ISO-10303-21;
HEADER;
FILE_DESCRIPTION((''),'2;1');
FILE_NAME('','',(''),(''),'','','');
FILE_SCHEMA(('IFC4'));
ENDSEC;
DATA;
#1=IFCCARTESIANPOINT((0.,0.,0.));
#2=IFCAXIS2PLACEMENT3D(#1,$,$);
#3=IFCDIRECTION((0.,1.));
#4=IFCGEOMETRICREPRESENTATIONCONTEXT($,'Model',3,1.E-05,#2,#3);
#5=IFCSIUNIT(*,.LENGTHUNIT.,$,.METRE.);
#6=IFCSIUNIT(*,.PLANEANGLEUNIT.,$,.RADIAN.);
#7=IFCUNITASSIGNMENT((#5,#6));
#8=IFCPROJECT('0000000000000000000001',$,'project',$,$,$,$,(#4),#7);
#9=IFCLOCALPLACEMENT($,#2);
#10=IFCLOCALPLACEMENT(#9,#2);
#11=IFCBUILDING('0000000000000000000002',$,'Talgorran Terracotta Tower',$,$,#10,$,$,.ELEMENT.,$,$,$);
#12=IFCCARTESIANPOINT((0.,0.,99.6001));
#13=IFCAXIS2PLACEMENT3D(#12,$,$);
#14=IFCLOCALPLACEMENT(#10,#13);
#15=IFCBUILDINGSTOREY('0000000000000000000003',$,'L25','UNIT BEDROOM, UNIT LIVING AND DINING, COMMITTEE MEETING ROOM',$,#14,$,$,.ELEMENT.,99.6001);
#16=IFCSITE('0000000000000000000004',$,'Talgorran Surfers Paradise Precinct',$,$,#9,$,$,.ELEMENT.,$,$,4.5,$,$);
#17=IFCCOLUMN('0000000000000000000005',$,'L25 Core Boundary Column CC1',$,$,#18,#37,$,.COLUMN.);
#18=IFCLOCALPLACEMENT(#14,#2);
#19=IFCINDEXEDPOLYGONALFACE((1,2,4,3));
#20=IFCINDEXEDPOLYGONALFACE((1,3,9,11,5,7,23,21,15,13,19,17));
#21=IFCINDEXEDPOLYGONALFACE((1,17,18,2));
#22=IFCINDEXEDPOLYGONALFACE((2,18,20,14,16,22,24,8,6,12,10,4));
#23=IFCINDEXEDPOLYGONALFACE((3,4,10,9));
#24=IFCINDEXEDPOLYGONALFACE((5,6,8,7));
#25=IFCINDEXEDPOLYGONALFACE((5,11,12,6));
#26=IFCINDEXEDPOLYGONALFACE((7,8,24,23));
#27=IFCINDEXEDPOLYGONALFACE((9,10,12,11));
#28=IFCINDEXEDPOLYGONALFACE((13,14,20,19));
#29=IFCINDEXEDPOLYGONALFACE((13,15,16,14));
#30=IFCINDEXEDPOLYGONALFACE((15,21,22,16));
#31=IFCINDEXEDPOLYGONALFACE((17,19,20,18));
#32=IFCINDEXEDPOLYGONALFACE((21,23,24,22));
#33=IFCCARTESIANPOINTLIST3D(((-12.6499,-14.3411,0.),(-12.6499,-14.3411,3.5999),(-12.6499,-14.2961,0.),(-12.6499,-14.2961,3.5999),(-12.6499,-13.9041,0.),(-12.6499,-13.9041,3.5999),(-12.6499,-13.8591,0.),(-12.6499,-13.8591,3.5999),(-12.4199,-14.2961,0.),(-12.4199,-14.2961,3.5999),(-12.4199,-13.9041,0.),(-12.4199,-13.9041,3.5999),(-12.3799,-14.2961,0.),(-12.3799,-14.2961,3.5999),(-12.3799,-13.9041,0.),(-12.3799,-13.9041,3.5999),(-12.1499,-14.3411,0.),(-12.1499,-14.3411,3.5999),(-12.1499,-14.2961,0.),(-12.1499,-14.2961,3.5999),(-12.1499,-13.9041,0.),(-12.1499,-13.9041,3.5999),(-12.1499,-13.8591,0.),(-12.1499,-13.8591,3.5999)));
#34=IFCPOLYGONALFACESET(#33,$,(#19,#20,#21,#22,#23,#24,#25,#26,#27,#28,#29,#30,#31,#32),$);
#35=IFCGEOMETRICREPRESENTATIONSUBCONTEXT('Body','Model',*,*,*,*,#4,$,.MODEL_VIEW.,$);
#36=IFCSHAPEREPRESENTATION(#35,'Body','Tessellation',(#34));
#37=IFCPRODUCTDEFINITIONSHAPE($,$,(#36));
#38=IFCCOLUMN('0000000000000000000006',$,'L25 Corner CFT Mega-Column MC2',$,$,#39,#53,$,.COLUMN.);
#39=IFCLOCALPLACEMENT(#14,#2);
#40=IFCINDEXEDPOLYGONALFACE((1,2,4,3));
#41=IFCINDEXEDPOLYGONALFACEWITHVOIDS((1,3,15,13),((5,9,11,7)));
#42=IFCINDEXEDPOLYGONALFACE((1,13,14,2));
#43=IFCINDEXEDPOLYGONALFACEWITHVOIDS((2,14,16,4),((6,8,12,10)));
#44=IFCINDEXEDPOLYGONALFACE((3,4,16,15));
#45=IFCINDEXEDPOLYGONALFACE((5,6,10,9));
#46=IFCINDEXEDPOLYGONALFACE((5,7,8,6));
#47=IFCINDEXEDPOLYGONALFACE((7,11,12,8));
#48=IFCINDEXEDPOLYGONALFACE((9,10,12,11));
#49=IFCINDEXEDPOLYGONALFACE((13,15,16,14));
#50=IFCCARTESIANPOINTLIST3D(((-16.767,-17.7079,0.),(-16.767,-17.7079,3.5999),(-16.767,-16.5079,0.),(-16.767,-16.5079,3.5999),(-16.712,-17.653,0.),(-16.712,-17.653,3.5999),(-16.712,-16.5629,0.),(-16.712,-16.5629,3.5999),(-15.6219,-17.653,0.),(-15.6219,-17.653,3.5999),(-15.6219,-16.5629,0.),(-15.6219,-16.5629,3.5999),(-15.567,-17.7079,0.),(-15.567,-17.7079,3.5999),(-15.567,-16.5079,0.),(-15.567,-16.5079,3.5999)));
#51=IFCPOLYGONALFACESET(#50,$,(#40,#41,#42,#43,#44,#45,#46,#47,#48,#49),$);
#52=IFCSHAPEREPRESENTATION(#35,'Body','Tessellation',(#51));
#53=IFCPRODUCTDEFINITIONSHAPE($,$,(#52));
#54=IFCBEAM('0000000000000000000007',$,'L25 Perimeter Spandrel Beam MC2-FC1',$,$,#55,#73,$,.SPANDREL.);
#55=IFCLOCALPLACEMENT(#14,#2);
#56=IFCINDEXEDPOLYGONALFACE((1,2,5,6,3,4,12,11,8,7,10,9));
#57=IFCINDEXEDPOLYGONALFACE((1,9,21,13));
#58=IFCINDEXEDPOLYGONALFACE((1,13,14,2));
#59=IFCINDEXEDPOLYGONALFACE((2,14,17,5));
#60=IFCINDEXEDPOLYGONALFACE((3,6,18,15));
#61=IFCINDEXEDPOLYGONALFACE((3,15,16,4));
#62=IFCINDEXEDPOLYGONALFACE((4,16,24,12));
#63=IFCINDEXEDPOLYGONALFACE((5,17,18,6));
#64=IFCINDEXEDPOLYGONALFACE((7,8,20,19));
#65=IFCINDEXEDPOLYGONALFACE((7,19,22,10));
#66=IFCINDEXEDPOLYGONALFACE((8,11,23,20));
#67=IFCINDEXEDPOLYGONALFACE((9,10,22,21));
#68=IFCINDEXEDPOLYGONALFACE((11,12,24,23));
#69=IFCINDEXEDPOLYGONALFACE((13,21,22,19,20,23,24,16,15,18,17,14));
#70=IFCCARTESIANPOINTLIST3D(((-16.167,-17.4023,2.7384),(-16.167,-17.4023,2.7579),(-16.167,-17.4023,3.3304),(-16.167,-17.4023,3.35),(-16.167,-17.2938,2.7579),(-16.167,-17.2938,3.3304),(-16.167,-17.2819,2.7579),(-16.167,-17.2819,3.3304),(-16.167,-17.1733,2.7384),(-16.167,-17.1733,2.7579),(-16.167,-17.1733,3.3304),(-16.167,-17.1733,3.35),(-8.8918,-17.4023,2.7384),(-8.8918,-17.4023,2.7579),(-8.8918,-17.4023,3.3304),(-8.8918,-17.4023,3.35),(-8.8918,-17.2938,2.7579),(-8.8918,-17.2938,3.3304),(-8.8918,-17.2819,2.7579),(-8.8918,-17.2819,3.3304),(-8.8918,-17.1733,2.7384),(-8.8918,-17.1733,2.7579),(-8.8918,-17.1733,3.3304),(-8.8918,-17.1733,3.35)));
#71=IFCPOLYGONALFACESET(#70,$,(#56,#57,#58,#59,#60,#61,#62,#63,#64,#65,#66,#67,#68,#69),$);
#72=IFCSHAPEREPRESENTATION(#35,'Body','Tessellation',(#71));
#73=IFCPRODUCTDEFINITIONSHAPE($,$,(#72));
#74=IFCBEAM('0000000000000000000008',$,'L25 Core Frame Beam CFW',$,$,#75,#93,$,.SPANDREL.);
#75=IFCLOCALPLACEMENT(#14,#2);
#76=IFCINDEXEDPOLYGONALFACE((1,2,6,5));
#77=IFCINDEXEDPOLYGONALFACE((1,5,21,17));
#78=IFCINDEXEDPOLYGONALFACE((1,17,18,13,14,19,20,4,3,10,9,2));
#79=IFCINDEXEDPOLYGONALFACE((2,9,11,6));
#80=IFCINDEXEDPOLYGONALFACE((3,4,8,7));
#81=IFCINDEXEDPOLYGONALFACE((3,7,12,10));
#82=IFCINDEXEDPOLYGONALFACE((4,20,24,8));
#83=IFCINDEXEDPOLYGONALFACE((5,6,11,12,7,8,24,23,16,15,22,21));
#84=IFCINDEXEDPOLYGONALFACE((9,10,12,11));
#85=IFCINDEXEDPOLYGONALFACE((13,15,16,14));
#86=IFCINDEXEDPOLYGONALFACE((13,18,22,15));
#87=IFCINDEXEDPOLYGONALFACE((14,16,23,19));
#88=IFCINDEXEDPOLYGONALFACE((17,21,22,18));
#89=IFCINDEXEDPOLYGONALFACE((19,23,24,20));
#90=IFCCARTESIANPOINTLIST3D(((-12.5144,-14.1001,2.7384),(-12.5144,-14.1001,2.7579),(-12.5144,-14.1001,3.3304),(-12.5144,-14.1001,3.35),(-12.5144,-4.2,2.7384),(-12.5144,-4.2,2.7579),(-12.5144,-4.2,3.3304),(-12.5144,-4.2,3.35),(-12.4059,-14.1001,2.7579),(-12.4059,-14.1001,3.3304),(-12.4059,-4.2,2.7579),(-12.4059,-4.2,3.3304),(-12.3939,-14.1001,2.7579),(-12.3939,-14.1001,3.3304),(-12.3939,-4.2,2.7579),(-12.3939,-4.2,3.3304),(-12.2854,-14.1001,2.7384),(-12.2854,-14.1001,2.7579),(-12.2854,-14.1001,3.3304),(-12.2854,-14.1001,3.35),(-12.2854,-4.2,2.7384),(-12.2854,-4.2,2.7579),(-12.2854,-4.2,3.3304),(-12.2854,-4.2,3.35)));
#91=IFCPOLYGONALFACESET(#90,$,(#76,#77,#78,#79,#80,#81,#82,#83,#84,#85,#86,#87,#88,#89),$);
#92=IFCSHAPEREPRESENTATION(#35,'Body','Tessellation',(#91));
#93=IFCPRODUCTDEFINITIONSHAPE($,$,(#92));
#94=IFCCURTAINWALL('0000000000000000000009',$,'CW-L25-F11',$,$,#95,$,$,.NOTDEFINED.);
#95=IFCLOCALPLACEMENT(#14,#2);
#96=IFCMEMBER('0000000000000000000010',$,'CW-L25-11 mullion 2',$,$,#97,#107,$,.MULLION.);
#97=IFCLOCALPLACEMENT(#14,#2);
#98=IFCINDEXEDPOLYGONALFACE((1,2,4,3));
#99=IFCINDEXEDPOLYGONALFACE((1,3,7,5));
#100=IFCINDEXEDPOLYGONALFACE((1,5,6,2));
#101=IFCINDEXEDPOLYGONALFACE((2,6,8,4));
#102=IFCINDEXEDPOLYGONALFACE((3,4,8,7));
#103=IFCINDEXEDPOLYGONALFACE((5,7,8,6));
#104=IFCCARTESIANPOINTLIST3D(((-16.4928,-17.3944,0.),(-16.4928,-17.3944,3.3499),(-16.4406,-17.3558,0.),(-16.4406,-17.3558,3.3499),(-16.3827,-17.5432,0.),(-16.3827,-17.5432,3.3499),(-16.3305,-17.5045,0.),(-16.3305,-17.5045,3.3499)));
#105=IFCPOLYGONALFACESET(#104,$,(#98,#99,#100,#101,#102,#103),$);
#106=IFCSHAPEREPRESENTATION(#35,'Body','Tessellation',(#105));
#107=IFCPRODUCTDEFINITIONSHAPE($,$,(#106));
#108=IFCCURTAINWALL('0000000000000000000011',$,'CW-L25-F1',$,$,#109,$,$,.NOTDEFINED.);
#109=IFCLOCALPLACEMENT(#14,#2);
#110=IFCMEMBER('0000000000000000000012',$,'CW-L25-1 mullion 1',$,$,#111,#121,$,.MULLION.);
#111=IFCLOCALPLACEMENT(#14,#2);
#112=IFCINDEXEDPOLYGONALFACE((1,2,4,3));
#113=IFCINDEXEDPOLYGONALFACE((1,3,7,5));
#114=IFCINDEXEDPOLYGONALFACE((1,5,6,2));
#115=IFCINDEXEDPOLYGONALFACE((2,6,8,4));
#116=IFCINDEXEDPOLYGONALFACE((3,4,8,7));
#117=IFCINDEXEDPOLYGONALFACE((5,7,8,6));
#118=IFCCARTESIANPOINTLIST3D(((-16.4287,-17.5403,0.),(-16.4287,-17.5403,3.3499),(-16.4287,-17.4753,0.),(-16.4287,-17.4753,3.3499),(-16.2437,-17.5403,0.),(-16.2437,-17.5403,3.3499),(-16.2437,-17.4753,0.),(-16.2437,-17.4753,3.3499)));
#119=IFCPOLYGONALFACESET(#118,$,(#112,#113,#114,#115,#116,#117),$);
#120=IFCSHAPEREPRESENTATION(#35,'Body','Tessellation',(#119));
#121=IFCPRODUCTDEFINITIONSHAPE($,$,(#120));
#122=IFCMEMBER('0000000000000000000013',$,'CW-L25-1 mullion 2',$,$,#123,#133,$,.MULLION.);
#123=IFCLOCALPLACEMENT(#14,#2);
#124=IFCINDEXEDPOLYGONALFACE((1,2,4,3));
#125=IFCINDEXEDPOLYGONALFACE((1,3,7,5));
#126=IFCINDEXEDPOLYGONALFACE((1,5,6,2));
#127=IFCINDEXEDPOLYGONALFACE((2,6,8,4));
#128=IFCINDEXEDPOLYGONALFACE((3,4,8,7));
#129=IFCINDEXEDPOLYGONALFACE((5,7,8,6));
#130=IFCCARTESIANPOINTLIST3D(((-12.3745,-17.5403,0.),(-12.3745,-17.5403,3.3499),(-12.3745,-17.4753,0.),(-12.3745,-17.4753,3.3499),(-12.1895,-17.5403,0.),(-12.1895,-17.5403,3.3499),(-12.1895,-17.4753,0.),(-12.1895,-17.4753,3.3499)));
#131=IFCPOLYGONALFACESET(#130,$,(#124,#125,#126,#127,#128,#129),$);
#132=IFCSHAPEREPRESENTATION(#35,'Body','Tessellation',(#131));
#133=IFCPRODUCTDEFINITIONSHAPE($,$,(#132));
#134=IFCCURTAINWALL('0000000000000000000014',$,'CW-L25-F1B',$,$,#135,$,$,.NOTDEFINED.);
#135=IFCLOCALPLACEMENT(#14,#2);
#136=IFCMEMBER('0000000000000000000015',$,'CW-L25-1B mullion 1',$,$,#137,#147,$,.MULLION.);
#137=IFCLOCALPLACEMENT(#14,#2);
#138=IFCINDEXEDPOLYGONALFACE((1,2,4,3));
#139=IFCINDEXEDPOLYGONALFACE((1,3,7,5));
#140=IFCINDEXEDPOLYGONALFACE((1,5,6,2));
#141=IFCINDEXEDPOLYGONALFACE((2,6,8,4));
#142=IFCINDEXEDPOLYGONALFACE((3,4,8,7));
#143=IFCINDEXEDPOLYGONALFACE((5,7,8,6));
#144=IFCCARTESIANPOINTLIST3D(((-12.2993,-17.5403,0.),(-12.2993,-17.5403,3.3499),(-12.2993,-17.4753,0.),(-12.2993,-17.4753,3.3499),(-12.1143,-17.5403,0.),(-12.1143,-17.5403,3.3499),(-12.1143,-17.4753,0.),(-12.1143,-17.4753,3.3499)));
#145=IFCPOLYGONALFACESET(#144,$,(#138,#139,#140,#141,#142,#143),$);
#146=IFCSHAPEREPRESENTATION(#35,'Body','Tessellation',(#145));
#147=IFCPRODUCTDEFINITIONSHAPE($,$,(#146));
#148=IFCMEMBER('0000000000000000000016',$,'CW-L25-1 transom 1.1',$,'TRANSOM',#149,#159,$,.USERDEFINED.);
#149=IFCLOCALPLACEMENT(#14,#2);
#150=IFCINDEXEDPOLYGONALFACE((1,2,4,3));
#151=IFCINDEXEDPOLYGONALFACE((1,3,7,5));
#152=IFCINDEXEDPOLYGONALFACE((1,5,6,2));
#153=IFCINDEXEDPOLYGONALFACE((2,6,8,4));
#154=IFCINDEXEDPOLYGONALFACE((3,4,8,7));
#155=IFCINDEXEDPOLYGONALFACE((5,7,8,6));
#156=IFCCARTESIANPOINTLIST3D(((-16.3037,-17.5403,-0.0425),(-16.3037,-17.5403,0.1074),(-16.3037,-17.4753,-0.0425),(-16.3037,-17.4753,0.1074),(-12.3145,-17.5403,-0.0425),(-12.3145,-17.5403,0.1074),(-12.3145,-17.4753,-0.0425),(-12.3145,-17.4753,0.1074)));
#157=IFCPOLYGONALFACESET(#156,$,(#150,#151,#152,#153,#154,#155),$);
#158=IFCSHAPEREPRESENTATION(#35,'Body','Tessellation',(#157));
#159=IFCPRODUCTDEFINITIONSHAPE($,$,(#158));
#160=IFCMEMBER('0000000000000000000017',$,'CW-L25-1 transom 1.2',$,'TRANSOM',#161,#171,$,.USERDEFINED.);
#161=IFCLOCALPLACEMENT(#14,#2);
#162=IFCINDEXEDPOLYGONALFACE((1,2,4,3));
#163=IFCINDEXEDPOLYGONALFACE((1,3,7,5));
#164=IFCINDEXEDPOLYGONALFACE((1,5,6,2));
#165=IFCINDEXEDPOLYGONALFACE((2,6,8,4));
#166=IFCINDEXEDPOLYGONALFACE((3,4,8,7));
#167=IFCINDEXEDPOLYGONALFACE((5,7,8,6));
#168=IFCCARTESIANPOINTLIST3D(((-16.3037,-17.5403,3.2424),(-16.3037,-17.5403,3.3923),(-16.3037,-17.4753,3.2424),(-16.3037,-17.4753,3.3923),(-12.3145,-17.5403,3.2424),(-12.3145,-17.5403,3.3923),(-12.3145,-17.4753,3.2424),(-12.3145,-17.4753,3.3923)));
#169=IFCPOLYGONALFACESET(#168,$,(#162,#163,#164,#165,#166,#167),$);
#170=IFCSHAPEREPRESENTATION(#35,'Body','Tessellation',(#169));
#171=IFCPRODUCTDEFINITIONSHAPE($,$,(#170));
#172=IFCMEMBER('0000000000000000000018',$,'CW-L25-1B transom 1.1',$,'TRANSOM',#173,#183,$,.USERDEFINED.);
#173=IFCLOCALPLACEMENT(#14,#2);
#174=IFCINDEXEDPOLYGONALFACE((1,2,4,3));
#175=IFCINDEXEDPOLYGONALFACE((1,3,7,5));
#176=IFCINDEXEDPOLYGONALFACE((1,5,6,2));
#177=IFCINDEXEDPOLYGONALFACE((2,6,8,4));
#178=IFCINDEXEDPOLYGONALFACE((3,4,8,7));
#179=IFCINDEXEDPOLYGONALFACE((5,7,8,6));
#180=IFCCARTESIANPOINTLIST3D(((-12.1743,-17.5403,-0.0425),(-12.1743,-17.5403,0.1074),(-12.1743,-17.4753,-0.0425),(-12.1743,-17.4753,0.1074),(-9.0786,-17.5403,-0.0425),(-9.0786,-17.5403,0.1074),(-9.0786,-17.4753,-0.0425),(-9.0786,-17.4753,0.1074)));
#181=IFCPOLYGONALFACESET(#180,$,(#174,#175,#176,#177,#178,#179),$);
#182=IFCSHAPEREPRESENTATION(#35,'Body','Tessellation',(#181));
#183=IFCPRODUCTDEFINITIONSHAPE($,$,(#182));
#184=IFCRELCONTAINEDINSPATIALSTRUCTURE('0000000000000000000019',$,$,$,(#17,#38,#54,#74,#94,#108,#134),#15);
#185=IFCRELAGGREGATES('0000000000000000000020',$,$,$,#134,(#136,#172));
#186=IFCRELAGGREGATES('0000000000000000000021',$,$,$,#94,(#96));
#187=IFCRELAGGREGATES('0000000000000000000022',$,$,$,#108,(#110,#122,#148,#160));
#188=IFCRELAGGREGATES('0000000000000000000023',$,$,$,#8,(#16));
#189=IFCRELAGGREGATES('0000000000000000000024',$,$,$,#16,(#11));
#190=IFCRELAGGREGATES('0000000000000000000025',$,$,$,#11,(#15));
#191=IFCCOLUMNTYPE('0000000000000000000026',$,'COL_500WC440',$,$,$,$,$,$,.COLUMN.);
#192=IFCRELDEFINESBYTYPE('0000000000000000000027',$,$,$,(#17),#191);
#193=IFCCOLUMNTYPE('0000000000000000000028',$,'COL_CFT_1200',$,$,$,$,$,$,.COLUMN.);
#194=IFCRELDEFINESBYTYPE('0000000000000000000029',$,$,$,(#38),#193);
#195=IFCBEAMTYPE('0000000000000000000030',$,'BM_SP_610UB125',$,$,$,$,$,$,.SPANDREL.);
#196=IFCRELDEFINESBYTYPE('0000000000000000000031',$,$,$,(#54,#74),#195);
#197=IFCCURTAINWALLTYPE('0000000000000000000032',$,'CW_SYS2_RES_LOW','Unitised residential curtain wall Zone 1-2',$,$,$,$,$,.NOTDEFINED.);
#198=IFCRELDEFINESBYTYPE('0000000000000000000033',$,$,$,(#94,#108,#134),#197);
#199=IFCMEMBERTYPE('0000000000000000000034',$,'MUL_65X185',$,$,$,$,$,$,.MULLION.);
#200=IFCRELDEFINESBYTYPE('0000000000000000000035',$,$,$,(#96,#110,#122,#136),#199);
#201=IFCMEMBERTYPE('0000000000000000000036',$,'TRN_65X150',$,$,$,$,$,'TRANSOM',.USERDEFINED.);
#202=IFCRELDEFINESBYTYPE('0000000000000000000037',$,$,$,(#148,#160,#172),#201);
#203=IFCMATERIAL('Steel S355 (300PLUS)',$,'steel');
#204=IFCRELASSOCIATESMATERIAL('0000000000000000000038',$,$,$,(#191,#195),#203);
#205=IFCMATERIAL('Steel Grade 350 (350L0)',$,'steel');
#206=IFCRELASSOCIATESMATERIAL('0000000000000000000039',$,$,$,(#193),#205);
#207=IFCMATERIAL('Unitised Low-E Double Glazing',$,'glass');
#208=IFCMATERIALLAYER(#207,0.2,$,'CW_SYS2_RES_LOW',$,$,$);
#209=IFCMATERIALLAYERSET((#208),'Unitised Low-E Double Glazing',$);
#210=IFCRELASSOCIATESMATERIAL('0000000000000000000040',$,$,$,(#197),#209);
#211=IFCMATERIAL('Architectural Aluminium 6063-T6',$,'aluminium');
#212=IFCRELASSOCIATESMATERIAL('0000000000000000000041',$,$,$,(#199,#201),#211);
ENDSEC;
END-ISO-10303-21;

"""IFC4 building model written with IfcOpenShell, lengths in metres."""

from ifc_helpers import new_model, si_unit, direction, frame, origin, origin_2d, place, context, subcontext, project, spatial, rectangle, hollow_rectangle, i_section, extrude, material, layer, layer_set, material_profile, profile_set, type_object, element, aggregate, save


model = new_model("IFC4")

# Units and contexts
model_context = context("Model", 3, precision=1e-05, world=origin(), true_north=direction((0.0, 1.0)))
body_context = subcontext(model_context, "Body", "Model", "MODEL_VIEW")
ifc_project = project(units=[si_unit("LENGTHUNIT", "METRE"), si_unit("PLANEANGLEUNIT", "RADIAN")], contexts=[model_context])

# Site, building, storey
site_placement = place(None, origin())
site = spatial("IfcSite", under=ifc_project, at=site_placement, Name="Talgorran Surfers Paradise Precinct", CompositionType="ELEMENT", RefElevation=4.5)
building_placement = place(site_placement, origin())
building = spatial("IfcBuilding", under=site, at=building_placement, Name="Talgorran Terracotta Tower", CompositionType="ELEMENT")
storey_placement = place(building_placement, frame((0.0, 0.0, 99.6001)))
storey = spatial("IfcBuildingStorey", under=building, at=storey_placement, Name="L25", Description="UNIT BEDROOM, UNIT LIVING AND DINING, COMMITTEE MEETING ROOM", CompositionType="ELEMENT", Elevation=99.6001)

# Columns
ifc_material_1 = material(Name="Steel S355 (300PLUS)", Category="steel")
ifc_material_profile_1 = material_profile(ifc_material_1, i_section(OverallWidth=0.5, OverallDepth=0.4819, WebThickness=0.04, FlangeThickness=0.0449, at=origin_2d()), Name="500WC440")
ifc_profile_set_1 = profile_set([ifc_material_profile_1], Name="Steel S355 (300PLUS)")
column_type_1 = type_object("IfcColumnType", Name="COL_500WC440", PredefinedType="COLUMN", material=ifc_profile_set_1)
column_1_placement = place(storey_placement, frame((-12.3999, -14.1001, 0.0), z_axis=(0.0, 0.0, 1.0), x_axis=(1.0, 0.0, 0.0)))
element("IfcColumn", 1, at=column_1_placement, inside=storey, type_object=column_type_1, Name="L25 Core Boundary Column CC1", PredefinedType="COLUMN", context=body_context, shape_type="SweptSolid", body=[
    extrude(i_section(OverallWidth=0.5, OverallDepth=0.4819, WebThickness=0.04, FlangeThickness=0.0449, at=origin_2d()), origin(), (0.0, 0.0, 1.0), 3.5999),
])
ifc_material_2 = material(Name="Steel Grade 350 (350L0)", Category="steel")
ifc_material_profile_2 = material_profile(ifc_material_2, hollow_rectangle(XDim=1.2, YDim=1.2, WallThickness=0.0549, at=origin_2d()), Name="CFT1200X1200X55")
ifc_profile_set_2 = profile_set([ifc_material_profile_2], Name="Steel Grade 350 (350L0)")
column_type_2 = type_object("IfcColumnType", Name="COL_CFT_1200", PredefinedType="COLUMN", material=ifc_profile_set_2)
column_2_placement = place(storey_placement, frame((-16.167, -17.1079, 0.0), z_axis=(0.0, 0.0, 1.0), x_axis=(1.0, 0.0, 0.0)))
element("IfcColumn", 2, at=column_2_placement, inside=storey, type_object=column_type_2, Name="L25 Corner CFT Mega-Column MC2", PredefinedType="COLUMN", context=body_context, shape_type="SweptSolid", body=[
    extrude(hollow_rectangle(XDim=1.2, YDim=1.2, WallThickness=0.0549, at=origin_2d()), origin(), (0.0, 0.0, 1.0), 3.5999),
])

# Beams
ifc_material_profile_3 = material_profile(ifc_material_1, i_section(OverallWidth=0.229, OverallDepth=0.6116, WebThickness=0.012, FlangeThickness=0.0195, at=origin_2d()), Name="610UB125")
ifc_profile_set_3 = profile_set([ifc_material_profile_3], Name="Steel S355 (300PLUS)")
beam_type = type_object("IfcBeamType", Name="BM_SP_610UB125", PredefinedType="SPANDREL", material=ifc_profile_set_3)
beam_1_placement = place(storey_placement, frame((-16.167, -17.2878, 3.0442), z_axis=(1.0, 0.0, 0.0), x_axis=(0.0, 1.0, 0.0)))
element("IfcBeam", 3, at=beam_1_placement, inside=storey, type_object=beam_type, Name="L25 Perimeter Spandrel Beam MC2-FC1", PredefinedType="SPANDREL", context=body_context, shape_type="SweptSolid", body=[
    extrude(i_section(OverallWidth=0.229, OverallDepth=0.6116, WebThickness=0.012, FlangeThickness=0.0195, at=origin_2d()), origin(), (0.0, 0.0, 1.0), 7.2751),
])
beam_2_placement = place(storey_placement, frame((-12.3999, -14.1001, 3.0442), z_axis=(0.0, 1.0, 0.0), x_axis=(-1.0, 0.0, 0.0)))
element("IfcBeam", 4, at=beam_2_placement, inside=storey, type_object=beam_type, Name="L25 Core Frame Beam CFW", PredefinedType="SPANDREL", context=body_context, shape_type="SweptSolid", body=[
    extrude(i_section(OverallWidth=0.229, OverallDepth=0.6116, WebThickness=0.012, FlangeThickness=0.0195, at=origin_2d()), origin(), (0.0, 0.0, 1.0), 9.9001),
])

# Curtain wall, member
ifc_material_3 = material(Name="Unitised Low-E Double Glazing", Category="glass")
ifc_layer_1 = layer(ifc_material_3, 0.2, Name="CW_SYS2_RES_LOW")
ifc_layer_set_1 = layer_set([ifc_layer_1], Name="Unitised Low-E Double Glazing")
curtain_wall_type = type_object("IfcCurtainWallType", Name="CW_SYS2_RES_LOW", Description="Unitised residential curtain wall Zone 1-2", PredefinedType="NOTDEFINED", material=ifc_layer_set_1)
curtain_wall_1_placement = place(storey_placement, origin())
curtain_wall_1 = element("IfcCurtainWall", 5, at=curtain_wall_1_placement, inside=storey, type_object=curtain_wall_type, Name="CW-L25-F11", PredefinedType="NOTDEFINED")
ifc_material_4 = material(Name="Architectural Aluminium 6063-T6", Category="aluminium")
ifc_material_profile_4 = material_profile(ifc_material_4, rectangle(XDim=0.0649, YDim=0.1851, at=origin_2d()), Name="CWM65X185")
ifc_profile_set_4 = profile_set([ifc_material_profile_4], Name="Architectural Aluminium 6063-T6")
member_type_1 = type_object("IfcMemberType", Name="MUL_65X185", PredefinedType="MULLION", material=ifc_profile_set_4)
member_1_placement = place(storey_placement, frame((-16.4116, -17.4495, 0.0), z_axis=(0.0, 0.0, 1.0), x_axis=(0.803788, 0.594916, 0.0)))
member_1 = element("IfcMember", 6, at=member_1_placement, type_object=member_type_1, Name="CW-L25-11 mullion 2", PredefinedType="MULLION", context=body_context, shape_type="SweptSolid", body=[
    extrude(rectangle(XDim=0.0649, YDim=0.1851, at=origin_2d()), origin(), (0.0, 0.0, 1.0), 3.3499),
])

# Curtain wall, members
curtain_wall_2_placement = place(storey_placement, origin())
curtain_wall_2 = element("IfcCurtainWall", 7, at=curtain_wall_2_placement, inside=storey, type_object=curtain_wall_type, Name="CW-L25-F1", PredefinedType="NOTDEFINED")
member_2_placement = place(storey_placement, frame((-16.3362, -17.5078, 0.0), z_axis=(0.0, 0.0, 1.0), x_axis=(0.0, 1.0, 0.0)))
member_2 = element("IfcMember", 8, at=member_2_placement, type_object=member_type_1, Name="CW-L25-1 mullion 1", PredefinedType="MULLION", context=body_context, shape_type="SweptSolid", body=[
    extrude(rectangle(XDim=0.0649, YDim=0.1851, at=origin_2d()), origin(), (0.0, 0.0, 1.0), 3.3499),
])
member_3_placement = place(storey_placement, frame((-12.282, -17.5078, 0.0), z_axis=(0.0, 0.0, 1.0), x_axis=(0.0, 1.0, 0.0)))
member_3 = element("IfcMember", 9, at=member_3_placement, type_object=member_type_1, Name="CW-L25-1 mullion 2", PredefinedType="MULLION", context=body_context, shape_type="SweptSolid", body=[
    extrude(rectangle(XDim=0.0649, YDim=0.1851, at=origin_2d()), origin(), (0.0, 0.0, 1.0), 3.3499),
])

# Curtain wall, member
curtain_wall_3_placement = place(storey_placement, origin())
curtain_wall_3 = element("IfcCurtainWall", 10, at=curtain_wall_3_placement, inside=storey, type_object=curtain_wall_type, Name="CW-L25-F1B", PredefinedType="NOTDEFINED")
member_4_placement = place(storey_placement, frame((-12.2068, -17.5078, 0.0), z_axis=(0.0, 0.0, 1.0), x_axis=(0.0, 1.0, 0.0)))
member_4 = element("IfcMember", 11, at=member_4_placement, type_object=member_type_1, Name="CW-L25-1B mullion 1", PredefinedType="MULLION", context=body_context, shape_type="SweptSolid", body=[
    extrude(rectangle(XDim=0.0649, YDim=0.1851, at=origin_2d()), origin(), (0.0, 0.0, 1.0), 3.3499),
])

# Members
ifc_material_profile_5 = material_profile(ifc_material_4, rectangle(XDim=0.0649, YDim=0.1499, at=origin_2d()), Name="CWT65X150")
ifc_profile_set_5 = profile_set([ifc_material_profile_5], Name="Architectural Aluminium 6063-T6")
member_type_2 = type_object("IfcMemberType", Name="TRN_65X150", ElementType="TRANSOM", PredefinedType="USERDEFINED", material=ifc_profile_set_5)
member_5_placement = place(storey_placement, frame((-16.3037, -17.5078, 0.0325), z_axis=(1.0, 0.0, 0.0), x_axis=(0.0, 1.0, 0.0)))
member_5 = element("IfcMember", 12, at=member_5_placement, type_object=member_type_2, Name="CW-L25-1 transom 1.1", ObjectType="TRANSOM", PredefinedType="USERDEFINED", context=body_context, shape_type="SweptSolid", body=[
    extrude(rectangle(XDim=0.0649, YDim=0.1499, at=origin_2d()), origin(), (0.0, 0.0, 1.0), 3.9893),
])
member_6_placement = place(storey_placement, frame((-16.3037, -17.5078, 3.3174), z_axis=(1.0, 0.0, 0.0), x_axis=(0.0, 1.0, 0.0)))
member_6 = element("IfcMember", 13, at=member_6_placement, type_object=member_type_2, Name="CW-L25-1 transom 1.2", ObjectType="TRANSOM", PredefinedType="USERDEFINED", context=body_context, shape_type="SweptSolid", body=[
    extrude(rectangle(XDim=0.0649, YDim=0.1499, at=origin_2d()), origin(), (0.0, 0.0, 1.0), 3.9893),
])
member_7_placement = place(storey_placement, frame((-12.1743, -17.5078, 0.0325), z_axis=(1.0, 0.0, 0.0), x_axis=(0.0, 1.0, 0.0)))
member_7 = element("IfcMember", 14, at=member_7_placement, type_object=member_type_2, Name="CW-L25-1B transom 1.1", ObjectType="TRANSOM", PredefinedType="USERDEFINED", context=body_context, shape_type="SweptSolid", body=[
    extrude(rectangle(XDim=0.0649, YDim=0.1499, at=origin_2d()), origin(), (0.0, 0.0, 1.0), 3.0957),
])
aggregate(curtain_wall_3, [member_4, member_7])

aggregate(curtain_wall_1, [member_1])
aggregate(curtain_wall_2, [member_2, member_3, member_5, member_6])

save(model, "model.ifc")
